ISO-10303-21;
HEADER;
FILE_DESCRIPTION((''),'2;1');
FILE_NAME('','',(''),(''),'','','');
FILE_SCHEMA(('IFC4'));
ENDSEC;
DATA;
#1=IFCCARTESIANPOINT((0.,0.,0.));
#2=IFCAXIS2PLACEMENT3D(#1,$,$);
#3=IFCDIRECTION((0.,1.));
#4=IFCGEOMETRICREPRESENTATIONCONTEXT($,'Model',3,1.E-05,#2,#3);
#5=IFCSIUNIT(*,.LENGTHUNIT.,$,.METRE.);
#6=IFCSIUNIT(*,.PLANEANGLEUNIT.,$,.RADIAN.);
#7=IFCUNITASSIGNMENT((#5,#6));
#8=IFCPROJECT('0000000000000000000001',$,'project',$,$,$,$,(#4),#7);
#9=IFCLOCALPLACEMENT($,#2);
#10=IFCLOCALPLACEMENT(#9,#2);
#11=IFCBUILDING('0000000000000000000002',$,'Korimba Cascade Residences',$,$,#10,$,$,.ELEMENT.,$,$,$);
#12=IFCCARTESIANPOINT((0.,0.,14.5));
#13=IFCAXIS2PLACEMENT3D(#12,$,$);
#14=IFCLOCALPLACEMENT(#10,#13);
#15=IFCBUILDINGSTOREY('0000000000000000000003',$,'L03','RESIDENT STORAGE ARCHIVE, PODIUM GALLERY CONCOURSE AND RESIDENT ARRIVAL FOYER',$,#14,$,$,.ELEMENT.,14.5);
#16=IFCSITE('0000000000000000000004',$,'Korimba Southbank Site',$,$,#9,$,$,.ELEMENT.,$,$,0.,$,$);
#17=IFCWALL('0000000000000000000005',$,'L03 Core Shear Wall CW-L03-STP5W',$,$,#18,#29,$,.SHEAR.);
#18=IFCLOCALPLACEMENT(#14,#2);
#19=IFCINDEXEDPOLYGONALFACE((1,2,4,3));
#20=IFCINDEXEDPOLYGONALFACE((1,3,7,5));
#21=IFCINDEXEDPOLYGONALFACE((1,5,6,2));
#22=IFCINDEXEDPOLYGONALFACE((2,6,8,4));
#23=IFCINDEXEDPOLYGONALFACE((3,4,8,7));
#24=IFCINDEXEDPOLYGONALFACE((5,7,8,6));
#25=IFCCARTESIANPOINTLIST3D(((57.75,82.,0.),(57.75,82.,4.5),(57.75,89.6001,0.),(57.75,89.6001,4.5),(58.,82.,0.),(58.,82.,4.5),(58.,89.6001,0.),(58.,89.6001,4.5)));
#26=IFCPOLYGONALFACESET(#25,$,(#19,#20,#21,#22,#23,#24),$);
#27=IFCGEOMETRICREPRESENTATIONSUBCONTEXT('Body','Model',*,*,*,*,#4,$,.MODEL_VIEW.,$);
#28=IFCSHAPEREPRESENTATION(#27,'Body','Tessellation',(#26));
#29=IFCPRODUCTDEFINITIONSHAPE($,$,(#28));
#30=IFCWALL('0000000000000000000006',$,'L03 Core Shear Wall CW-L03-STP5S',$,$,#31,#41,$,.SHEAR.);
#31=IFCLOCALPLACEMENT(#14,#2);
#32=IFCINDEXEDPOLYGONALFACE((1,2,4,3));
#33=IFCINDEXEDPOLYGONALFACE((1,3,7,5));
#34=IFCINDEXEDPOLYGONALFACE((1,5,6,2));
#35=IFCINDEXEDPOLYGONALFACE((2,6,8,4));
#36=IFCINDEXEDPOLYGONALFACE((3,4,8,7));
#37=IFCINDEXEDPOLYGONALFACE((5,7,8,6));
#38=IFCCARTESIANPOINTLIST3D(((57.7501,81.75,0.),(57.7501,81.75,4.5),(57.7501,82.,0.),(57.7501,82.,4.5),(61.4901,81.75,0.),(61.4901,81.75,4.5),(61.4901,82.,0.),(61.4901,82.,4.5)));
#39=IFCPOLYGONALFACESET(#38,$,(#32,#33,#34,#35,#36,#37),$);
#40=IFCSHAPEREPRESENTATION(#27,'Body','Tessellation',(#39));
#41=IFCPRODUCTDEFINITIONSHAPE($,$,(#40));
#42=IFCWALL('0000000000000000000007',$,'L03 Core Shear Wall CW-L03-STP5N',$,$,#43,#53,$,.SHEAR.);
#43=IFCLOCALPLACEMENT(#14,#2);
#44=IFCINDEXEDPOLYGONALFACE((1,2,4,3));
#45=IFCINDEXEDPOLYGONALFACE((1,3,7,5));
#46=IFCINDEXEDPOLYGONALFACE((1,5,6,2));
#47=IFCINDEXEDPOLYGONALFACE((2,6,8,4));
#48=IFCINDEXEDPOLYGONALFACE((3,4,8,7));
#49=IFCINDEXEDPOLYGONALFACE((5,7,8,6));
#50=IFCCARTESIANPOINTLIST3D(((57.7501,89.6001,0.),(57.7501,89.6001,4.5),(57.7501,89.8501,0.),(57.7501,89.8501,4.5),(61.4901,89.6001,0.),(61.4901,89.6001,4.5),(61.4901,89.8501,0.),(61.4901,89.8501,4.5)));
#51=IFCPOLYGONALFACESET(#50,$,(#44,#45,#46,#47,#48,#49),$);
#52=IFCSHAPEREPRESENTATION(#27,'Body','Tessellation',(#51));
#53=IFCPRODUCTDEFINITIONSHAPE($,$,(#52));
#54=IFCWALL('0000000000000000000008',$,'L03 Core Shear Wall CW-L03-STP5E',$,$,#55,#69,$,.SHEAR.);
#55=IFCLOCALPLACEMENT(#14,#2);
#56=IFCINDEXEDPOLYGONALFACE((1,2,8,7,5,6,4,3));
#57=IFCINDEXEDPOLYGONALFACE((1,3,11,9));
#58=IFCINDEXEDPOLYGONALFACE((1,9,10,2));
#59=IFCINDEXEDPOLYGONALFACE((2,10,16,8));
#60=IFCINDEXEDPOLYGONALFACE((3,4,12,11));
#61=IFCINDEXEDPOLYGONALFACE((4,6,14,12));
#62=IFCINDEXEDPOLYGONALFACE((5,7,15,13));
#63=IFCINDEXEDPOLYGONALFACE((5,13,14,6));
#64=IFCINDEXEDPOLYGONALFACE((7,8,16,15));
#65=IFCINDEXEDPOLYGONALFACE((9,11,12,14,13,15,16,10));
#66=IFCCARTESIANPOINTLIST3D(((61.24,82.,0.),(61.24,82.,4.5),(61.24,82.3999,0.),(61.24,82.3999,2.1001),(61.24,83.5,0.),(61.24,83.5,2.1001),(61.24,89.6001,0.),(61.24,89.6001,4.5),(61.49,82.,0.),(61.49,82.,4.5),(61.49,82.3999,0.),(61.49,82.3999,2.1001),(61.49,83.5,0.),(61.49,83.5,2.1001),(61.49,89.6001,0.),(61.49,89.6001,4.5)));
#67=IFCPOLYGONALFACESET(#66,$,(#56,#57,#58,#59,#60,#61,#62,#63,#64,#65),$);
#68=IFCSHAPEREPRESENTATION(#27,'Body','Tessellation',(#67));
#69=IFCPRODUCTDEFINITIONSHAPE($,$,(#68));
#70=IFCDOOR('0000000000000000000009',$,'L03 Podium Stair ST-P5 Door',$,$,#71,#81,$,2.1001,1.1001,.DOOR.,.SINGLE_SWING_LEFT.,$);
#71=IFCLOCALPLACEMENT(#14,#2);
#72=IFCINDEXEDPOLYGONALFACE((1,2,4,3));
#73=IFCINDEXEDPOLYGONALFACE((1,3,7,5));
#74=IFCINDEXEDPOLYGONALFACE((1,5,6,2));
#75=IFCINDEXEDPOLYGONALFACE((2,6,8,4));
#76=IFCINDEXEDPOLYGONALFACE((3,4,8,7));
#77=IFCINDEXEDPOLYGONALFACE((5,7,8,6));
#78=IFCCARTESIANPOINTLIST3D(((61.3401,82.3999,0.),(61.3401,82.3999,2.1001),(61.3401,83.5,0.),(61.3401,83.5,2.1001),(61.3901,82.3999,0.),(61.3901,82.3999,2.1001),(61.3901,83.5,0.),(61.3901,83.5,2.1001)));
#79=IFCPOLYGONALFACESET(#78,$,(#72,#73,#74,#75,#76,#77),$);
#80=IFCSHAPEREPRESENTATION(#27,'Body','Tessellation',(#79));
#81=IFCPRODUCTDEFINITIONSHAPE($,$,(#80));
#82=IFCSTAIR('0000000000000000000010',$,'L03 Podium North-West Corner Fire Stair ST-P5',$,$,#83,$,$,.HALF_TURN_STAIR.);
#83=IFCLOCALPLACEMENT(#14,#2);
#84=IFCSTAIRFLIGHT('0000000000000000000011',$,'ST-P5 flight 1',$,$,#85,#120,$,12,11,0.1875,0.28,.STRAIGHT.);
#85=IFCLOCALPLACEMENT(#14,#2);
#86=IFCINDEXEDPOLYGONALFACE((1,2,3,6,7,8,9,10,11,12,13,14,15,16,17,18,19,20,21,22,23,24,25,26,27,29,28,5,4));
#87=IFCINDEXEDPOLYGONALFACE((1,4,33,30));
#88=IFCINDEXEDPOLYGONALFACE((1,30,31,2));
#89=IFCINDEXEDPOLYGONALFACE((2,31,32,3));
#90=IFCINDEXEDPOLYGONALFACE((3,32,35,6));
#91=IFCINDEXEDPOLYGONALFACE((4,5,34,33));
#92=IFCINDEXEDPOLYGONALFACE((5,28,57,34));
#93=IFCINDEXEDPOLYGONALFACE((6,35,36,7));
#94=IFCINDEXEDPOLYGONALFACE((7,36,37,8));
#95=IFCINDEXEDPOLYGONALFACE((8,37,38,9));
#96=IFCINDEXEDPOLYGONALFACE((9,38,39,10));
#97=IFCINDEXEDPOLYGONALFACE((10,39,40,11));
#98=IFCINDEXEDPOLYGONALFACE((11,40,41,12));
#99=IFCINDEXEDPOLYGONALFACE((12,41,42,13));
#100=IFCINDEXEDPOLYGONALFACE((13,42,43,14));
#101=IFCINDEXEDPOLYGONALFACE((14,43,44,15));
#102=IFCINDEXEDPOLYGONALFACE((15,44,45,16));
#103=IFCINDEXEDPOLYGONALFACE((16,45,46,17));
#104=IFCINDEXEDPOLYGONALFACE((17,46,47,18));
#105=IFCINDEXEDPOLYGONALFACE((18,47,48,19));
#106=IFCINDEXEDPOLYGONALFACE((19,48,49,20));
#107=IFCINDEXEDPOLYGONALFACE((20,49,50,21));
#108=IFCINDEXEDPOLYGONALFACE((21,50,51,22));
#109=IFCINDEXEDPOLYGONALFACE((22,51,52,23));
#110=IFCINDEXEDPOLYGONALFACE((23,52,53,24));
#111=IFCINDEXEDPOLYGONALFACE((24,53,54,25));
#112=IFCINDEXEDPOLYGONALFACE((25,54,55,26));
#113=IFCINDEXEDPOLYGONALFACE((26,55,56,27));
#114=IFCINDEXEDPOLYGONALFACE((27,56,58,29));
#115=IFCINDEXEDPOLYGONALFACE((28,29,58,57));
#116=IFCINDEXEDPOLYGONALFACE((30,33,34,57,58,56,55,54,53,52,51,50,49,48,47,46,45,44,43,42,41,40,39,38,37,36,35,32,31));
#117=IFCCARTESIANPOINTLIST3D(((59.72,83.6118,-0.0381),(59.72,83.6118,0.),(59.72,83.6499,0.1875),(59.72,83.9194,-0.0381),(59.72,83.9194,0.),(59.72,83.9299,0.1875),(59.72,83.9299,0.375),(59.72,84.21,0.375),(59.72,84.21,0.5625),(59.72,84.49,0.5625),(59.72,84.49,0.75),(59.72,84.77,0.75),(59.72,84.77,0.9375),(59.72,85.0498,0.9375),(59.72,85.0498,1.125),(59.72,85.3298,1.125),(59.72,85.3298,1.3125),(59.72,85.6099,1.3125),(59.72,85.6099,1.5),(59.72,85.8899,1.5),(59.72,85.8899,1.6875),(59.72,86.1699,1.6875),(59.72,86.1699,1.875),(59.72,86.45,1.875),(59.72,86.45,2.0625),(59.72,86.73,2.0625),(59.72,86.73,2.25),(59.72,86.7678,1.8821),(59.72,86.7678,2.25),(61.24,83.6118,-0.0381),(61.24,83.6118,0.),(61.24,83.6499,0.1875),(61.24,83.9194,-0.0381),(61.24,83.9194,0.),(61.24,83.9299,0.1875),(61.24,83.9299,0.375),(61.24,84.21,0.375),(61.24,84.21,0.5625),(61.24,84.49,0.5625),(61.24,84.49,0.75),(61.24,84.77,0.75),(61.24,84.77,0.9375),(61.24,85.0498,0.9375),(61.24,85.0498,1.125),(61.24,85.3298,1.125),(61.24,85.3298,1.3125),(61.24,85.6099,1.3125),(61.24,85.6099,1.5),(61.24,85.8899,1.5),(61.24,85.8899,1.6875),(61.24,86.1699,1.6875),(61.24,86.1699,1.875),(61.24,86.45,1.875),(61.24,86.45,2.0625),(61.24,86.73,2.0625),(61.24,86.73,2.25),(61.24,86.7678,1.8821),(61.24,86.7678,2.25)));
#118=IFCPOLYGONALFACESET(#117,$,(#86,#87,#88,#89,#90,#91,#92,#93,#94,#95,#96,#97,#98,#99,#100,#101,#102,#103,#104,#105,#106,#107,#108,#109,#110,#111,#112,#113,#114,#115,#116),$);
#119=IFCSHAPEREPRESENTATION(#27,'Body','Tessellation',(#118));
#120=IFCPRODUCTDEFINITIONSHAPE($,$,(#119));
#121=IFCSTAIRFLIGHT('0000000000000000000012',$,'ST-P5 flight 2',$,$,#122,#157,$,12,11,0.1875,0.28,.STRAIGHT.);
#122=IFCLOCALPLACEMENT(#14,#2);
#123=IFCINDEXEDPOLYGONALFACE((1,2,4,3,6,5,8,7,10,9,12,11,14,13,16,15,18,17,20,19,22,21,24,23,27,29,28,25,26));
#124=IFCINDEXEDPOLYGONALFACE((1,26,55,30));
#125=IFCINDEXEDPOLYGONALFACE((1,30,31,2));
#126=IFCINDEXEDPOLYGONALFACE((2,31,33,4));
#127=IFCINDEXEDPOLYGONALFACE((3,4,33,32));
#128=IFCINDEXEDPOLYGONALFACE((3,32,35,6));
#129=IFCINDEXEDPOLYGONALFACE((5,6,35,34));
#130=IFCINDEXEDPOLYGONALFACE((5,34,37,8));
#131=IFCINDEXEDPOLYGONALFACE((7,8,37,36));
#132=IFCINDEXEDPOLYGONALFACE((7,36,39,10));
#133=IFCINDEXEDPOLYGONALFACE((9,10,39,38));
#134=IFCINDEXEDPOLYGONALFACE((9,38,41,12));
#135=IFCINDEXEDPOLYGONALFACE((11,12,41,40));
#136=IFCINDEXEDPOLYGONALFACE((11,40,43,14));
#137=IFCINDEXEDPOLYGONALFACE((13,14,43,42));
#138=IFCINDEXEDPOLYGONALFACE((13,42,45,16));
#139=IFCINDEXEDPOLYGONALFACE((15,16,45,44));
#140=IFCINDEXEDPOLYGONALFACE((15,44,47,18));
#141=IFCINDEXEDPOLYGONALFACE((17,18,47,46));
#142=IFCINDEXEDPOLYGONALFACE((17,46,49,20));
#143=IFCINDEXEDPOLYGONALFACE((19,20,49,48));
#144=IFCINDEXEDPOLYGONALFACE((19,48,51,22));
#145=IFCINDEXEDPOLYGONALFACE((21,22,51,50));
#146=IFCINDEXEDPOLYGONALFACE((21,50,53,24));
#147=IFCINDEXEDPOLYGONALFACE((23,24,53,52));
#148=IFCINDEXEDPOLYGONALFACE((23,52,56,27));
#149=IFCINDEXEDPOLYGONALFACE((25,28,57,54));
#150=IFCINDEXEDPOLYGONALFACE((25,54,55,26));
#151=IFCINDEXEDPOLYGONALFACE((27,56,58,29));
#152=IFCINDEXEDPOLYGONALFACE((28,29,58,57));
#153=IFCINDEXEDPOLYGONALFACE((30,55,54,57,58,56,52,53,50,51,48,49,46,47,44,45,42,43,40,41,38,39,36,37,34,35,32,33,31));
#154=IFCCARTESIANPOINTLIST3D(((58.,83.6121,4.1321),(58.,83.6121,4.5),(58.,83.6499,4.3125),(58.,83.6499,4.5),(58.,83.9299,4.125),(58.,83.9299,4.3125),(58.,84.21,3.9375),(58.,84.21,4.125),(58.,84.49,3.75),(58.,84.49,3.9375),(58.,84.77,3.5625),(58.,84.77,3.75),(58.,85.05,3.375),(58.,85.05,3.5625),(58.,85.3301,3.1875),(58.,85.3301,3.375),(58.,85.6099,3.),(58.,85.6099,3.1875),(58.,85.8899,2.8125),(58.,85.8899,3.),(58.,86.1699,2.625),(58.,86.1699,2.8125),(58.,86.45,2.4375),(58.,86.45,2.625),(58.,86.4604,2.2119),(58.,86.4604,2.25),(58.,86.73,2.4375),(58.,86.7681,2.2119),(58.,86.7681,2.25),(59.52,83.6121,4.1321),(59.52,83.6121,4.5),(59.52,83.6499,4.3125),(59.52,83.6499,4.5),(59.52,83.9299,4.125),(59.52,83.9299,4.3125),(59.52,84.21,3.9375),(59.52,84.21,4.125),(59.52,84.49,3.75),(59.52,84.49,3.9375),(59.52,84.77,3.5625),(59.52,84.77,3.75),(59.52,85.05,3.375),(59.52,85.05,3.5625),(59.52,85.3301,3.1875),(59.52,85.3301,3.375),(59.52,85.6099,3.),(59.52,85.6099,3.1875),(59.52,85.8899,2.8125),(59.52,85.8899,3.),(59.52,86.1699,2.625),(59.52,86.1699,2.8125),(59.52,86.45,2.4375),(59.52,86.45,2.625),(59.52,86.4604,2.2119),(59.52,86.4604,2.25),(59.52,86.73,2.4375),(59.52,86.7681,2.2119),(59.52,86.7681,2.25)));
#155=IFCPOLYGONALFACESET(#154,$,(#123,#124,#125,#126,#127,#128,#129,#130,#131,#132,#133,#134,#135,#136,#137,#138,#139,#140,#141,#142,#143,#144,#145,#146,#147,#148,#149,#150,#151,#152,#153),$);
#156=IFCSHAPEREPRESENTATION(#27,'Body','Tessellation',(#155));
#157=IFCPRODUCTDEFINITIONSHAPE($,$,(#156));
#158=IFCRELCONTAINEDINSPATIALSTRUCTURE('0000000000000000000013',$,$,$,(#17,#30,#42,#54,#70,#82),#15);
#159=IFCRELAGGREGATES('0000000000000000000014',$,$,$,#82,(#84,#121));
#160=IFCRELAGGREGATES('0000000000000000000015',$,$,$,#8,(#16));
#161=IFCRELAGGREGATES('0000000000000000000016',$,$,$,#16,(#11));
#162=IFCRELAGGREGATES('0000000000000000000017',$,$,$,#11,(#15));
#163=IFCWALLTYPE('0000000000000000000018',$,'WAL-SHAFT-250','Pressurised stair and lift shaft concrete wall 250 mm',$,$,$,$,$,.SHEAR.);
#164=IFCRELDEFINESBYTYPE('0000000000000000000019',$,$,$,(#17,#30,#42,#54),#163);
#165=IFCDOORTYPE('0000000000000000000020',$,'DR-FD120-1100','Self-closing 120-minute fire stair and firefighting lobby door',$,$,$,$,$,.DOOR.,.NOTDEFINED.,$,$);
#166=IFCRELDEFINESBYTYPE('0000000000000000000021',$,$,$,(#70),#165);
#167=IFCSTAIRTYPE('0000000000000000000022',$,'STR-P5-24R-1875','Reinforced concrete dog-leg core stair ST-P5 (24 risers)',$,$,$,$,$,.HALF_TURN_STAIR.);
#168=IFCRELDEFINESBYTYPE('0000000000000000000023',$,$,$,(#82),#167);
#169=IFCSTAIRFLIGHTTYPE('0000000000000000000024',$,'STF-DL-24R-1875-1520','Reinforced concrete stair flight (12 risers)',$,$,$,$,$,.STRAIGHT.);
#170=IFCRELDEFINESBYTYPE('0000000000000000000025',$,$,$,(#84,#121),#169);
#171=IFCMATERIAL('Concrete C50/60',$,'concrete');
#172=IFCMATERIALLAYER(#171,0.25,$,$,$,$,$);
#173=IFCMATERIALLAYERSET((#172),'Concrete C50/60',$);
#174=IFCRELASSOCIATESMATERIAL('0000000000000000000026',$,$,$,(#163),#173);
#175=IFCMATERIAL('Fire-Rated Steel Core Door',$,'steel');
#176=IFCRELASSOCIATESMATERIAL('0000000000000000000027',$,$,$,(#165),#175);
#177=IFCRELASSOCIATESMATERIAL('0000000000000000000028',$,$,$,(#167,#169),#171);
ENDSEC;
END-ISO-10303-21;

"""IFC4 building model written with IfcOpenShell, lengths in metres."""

from ifc_helpers import new_model, si_unit, direction, frame, frame_2d, origin, place, context, subcontext, project, spatial, polyline, rectangle, outline, extrude, material, layer, layer_set, type_object, element, fill, aggregate, save


model = new_model("IFC4")

# Units and contexts
model_context = context("Model", 3, precision=1e-05, world=origin(), true_north=direction((0.0, 1.0)))
body_context = subcontext(model_context, "Body", "Model", "MODEL_VIEW")
ifc_project = project(units=[si_unit("LENGTHUNIT", "METRE"), si_unit("PLANEANGLEUNIT", "RADIAN")], contexts=[model_context])

# Site, building, storey
site_placement = place(None, origin())
site = spatial("IfcSite", under=ifc_project, at=site_placement, Name="Korimba Southbank Site", CompositionType="ELEMENT", RefElevation=0.0)
building_placement = place(site_placement, origin())
building = spatial("IfcBuilding", under=site, at=building_placement, Name="Korimba Cascade Residences", CompositionType="ELEMENT")
storey_placement = place(building_placement, frame((0.0, 0.0, 14.5)))
storey = spatial("IfcBuildingStorey", under=building, at=storey_placement, Name="L03", Description="RESIDENT STORAGE ARCHIVE, PODIUM GALLERY CONCOURSE AND RESIDENT ARRIVAL FOYER", CompositionType="ELEMENT", Elevation=14.5)

# Shared definitions
ifc_material_1 = material(Name="Concrete C50/60", Category="concrete")

# Walls
ifc_layer_1 = layer(ifc_material_1, 0.25)
ifc_layer_set_1 = layer_set([ifc_layer_1], Name="Concrete C50/60")
wall_type_1 = type_object("IfcWallType", Name="WAL-SHAFT-250", Description="Pressurised stair and lift shaft concrete wall 250 mm", PredefinedType="SHEAR", material=ifc_layer_set_1)
wall_1_placement = place(storey_placement, frame((57.875, 82.0, 0.0), z_axis=(0.0, 0.0, 1.0), x_axis=(0.0, 1.0, 0.0)))
element("IfcWall", 1, at=wall_1_placement, inside=storey, type_object=wall_type_1, Name="L03 Core Shear Wall CW-L03-STP5W", PredefinedType="SHEAR", context=body_context, shape_type="SweptSolid", body=[
    extrude(rectangle(XDim=7.6001, YDim=0.25, at=frame_2d((3.8, 0.0))), origin(), (0.0, 0.0, 1.0), 4.5),
])
for number, where, z_axis, x_axis, name in (
    (2, (57.75, 81.875, 0.0), (0.0, 0.0, 1.0), (1.0, 0.0, 0.0), "L03 Core Shear Wall CW-L03-STP5S"),
    (3, (57.75, 89.7251, 0.0), (0.0, 0.0, 1.0), (1.0, 0.0, 0.0), "L03 Core Shear Wall CW-L03-STP5N"),
):
    element("IfcWall", number, at=place(storey_placement, frame(where, z_axis=z_axis, x_axis=x_axis)), inside=storey, type_object=wall_type_1, Name=name, PredefinedType="SHEAR", context=body_context, shape_type="SweptSolid", body=[
        extrude(rectangle(XDim=3.74, YDim=0.25, at=frame_2d((1.8701, 0.0))), origin(), (0.0, 0.0, 1.0), 4.5),
    ])

# Wall, opening, door
wall_2_placement = place(storey_placement, frame((61.365, 82.0, 0.0), z_axis=(0.0, 0.0, 1.0), x_axis=(0.0, 1.0, 0.0)))
wall_2 = element("IfcWall", 4, at=wall_2_placement, inside=storey, type_object=wall_type_1, Name="L03 Core Shear Wall CW-L03-STP5E", PredefinedType="SHEAR", context=body_context, shape_type="SweptSolid", body=[
    extrude(rectangle(XDim=7.6001, YDim=0.25, at=frame_2d((3.8, 0.0))), origin(), (0.0, 0.0, 1.0), 4.5),
])
opening_1_placement = place(wall_2_placement, frame((0.3999, 0.0, 0.0)))
opening_1 = element("IfcOpeningElement", 5, at=opening_1_placement, cuts=wall_2, PredefinedType="OPENING", context=body_context, shape_type="SweptSolid", body=[
    extrude(rectangle(XDim=1.1001, YDim=2.1001, at=frame_2d((0.55, 1.05))), frame((0.0, 0.135, 0.0), z_axis=(0.0, -1.0, 0.0), x_axis=(1.0, 0.0, 0.0)), (0.0, 0.0, 1.0), 0.27),
])
ifc_material_2 = material(Name="Fire-Rated Steel Core Door", Category="steel")
door_type_1 = type_object("IfcDoorType", Name="DR-FD120-1100", Description="Self-closing 120-minute fire stair and firefighting lobby door", OperationType="NOTDEFINED", PredefinedType="DOOR", material=ifc_material_2)
door_1_placement = place(opening_1_placement, origin())
door_1 = element("IfcDoor", 6, at=door_1_placement, inside=storey, type_object=door_type_1, Name="L03 Podium Stair ST-P5 Door", OperationType="SINGLE_SWING_LEFT", OverallHeight=2.1001, OverallWidth=1.1001, PredefinedType="DOOR", context=body_context, shape_type="SweptSolid", body=[
    extrude(rectangle(XDim=1.1001, YDim=2.1001, at=frame_2d((0.55, 1.05))), frame((0.0, 0.0249, 0.0), z_axis=(0.0, -1.0, 0.0), x_axis=(1.0, 0.0, 0.0)), (0.0, 0.0, 1.0), 0.05),
])
fill(opening_1, door_1)

# Stair, stair flights
stair_type = type_object("IfcStairType", Name="STR-P5-24R-1875", Description="Reinforced concrete dog-leg core stair ST-P5 (24 risers)", PredefinedType="HALF_TURN_STAIR", material=ifc_material_1)
stair_placement = place(storey_placement, origin())
stair = element("IfcStair", 7, at=stair_placement, inside=storey, type_object=stair_type, Name="L03 Podium North-West Corner Fire Stair ST-P5", PredefinedType="HALF_TURN_STAIR")
stair_flight_type = type_object("IfcStairFlightType", Name="STF-DL-24R-1875-1520", Description="Reinforced concrete stair flight (12 risers)", PredefinedType="STRAIGHT", material=ifc_material_1)
stair_flight_1_placement = place(storey_placement, frame((60.48, 83.6499, 0.0), z_axis=(0.0, 0.0, 1.0), x_axis=(0.0, 1.0, 0.0)))
stair_flight_1 = element("IfcStairFlight", 8, at=stair_flight_1_placement, type_object=stair_flight_type, Name="ST-P5 flight 1", NumberOfRisers=12, NumberOfTreads=11, PredefinedType="STRAIGHT", RiserHeight=0.1875, TreadLength=0.28, context=body_context, shape_type="SweptSolid", body=[
    extrude(outline(polyline([(-0.0381, 0.0), (0.0, 0.1875), (0.28, 0.1875), (0.28, 0.375), (0.5601, 0.375), (0.5601, 0.5625), (0.8401, 0.5625), (0.8401, 0.75), (1.1201, 0.75), (1.1201, 0.9375), (1.3999, 0.9375), (1.3999, 1.125), (1.6799, 1.125), (1.6799, 1.3125), (1.96, 1.3125), (1.96, 1.5), (2.24, 1.5), (2.24, 1.6875), (2.52, 1.6875), (2.52, 1.875), (2.8, 1.875), (2.8, 2.0625), (3.0801, 2.0625), (3.0801, 2.25), (3.1179, 2.25), (3.1179, 1.8821), (0.2695, 0.0), (0.2695, -0.0381), (-0.0381, -0.0381), (-0.0381, 0.0)])), frame((0.0, 0.76, 0.0), z_axis=(0.0, -1.0, 0.0), x_axis=(1.0, 0.0, 0.0)), (0.0, 0.0, 1.0), 1.52),
])
stair_flight_2_placement = place(storey_placement, frame((58.76, 86.73, 2.25), z_axis=(0.0, 0.0, 1.0), x_axis=(0.0, -1.0, 0.0)))
stair_flight_2 = element("IfcStairFlight", 9, at=stair_flight_2_placement, type_object=stair_flight_type, Name="ST-P5 flight 2", NumberOfRisers=12, NumberOfTreads=11, PredefinedType="STRAIGHT", RiserHeight=0.1875, TreadLength=0.28, context=body_context, shape_type="SweptSolid", body=[
    extrude(outline(polyline([(-0.0381, 0.0), (0.0, 0.1875), (0.28, 0.1875), (0.28, 0.375), (0.5601, 0.375), (0.5601, 0.5625), (0.8401, 0.5625), (0.8401, 0.75), (1.1201, 0.75), (1.1201, 0.9375), (1.3999, 0.9375), (1.3999, 1.125), (1.6799, 1.125), (1.6799, 1.3125), (1.96, 1.3125), (1.96, 1.5), (2.24, 1.5), (2.24, 1.6875), (2.52, 1.6875), (2.52, 1.875), (2.8, 1.875), (2.8, 2.0625), (3.0801, 2.0625), (3.0801, 2.25), (3.1179, 2.25), (3.1179, 1.8821), (0.2695, 0.0), (0.2695, -0.0381), (-0.0381, -0.0381), (-0.0381, 0.0)])), frame((0.0, 0.76, 0.0), z_axis=(0.0, -1.0, 0.0), x_axis=(1.0, 0.0, 0.0)), (0.0, 0.0, 1.0), 1.52),
])
aggregate(stair, [stair_flight_1, stair_flight_2])

save(model, "model.ifc")
